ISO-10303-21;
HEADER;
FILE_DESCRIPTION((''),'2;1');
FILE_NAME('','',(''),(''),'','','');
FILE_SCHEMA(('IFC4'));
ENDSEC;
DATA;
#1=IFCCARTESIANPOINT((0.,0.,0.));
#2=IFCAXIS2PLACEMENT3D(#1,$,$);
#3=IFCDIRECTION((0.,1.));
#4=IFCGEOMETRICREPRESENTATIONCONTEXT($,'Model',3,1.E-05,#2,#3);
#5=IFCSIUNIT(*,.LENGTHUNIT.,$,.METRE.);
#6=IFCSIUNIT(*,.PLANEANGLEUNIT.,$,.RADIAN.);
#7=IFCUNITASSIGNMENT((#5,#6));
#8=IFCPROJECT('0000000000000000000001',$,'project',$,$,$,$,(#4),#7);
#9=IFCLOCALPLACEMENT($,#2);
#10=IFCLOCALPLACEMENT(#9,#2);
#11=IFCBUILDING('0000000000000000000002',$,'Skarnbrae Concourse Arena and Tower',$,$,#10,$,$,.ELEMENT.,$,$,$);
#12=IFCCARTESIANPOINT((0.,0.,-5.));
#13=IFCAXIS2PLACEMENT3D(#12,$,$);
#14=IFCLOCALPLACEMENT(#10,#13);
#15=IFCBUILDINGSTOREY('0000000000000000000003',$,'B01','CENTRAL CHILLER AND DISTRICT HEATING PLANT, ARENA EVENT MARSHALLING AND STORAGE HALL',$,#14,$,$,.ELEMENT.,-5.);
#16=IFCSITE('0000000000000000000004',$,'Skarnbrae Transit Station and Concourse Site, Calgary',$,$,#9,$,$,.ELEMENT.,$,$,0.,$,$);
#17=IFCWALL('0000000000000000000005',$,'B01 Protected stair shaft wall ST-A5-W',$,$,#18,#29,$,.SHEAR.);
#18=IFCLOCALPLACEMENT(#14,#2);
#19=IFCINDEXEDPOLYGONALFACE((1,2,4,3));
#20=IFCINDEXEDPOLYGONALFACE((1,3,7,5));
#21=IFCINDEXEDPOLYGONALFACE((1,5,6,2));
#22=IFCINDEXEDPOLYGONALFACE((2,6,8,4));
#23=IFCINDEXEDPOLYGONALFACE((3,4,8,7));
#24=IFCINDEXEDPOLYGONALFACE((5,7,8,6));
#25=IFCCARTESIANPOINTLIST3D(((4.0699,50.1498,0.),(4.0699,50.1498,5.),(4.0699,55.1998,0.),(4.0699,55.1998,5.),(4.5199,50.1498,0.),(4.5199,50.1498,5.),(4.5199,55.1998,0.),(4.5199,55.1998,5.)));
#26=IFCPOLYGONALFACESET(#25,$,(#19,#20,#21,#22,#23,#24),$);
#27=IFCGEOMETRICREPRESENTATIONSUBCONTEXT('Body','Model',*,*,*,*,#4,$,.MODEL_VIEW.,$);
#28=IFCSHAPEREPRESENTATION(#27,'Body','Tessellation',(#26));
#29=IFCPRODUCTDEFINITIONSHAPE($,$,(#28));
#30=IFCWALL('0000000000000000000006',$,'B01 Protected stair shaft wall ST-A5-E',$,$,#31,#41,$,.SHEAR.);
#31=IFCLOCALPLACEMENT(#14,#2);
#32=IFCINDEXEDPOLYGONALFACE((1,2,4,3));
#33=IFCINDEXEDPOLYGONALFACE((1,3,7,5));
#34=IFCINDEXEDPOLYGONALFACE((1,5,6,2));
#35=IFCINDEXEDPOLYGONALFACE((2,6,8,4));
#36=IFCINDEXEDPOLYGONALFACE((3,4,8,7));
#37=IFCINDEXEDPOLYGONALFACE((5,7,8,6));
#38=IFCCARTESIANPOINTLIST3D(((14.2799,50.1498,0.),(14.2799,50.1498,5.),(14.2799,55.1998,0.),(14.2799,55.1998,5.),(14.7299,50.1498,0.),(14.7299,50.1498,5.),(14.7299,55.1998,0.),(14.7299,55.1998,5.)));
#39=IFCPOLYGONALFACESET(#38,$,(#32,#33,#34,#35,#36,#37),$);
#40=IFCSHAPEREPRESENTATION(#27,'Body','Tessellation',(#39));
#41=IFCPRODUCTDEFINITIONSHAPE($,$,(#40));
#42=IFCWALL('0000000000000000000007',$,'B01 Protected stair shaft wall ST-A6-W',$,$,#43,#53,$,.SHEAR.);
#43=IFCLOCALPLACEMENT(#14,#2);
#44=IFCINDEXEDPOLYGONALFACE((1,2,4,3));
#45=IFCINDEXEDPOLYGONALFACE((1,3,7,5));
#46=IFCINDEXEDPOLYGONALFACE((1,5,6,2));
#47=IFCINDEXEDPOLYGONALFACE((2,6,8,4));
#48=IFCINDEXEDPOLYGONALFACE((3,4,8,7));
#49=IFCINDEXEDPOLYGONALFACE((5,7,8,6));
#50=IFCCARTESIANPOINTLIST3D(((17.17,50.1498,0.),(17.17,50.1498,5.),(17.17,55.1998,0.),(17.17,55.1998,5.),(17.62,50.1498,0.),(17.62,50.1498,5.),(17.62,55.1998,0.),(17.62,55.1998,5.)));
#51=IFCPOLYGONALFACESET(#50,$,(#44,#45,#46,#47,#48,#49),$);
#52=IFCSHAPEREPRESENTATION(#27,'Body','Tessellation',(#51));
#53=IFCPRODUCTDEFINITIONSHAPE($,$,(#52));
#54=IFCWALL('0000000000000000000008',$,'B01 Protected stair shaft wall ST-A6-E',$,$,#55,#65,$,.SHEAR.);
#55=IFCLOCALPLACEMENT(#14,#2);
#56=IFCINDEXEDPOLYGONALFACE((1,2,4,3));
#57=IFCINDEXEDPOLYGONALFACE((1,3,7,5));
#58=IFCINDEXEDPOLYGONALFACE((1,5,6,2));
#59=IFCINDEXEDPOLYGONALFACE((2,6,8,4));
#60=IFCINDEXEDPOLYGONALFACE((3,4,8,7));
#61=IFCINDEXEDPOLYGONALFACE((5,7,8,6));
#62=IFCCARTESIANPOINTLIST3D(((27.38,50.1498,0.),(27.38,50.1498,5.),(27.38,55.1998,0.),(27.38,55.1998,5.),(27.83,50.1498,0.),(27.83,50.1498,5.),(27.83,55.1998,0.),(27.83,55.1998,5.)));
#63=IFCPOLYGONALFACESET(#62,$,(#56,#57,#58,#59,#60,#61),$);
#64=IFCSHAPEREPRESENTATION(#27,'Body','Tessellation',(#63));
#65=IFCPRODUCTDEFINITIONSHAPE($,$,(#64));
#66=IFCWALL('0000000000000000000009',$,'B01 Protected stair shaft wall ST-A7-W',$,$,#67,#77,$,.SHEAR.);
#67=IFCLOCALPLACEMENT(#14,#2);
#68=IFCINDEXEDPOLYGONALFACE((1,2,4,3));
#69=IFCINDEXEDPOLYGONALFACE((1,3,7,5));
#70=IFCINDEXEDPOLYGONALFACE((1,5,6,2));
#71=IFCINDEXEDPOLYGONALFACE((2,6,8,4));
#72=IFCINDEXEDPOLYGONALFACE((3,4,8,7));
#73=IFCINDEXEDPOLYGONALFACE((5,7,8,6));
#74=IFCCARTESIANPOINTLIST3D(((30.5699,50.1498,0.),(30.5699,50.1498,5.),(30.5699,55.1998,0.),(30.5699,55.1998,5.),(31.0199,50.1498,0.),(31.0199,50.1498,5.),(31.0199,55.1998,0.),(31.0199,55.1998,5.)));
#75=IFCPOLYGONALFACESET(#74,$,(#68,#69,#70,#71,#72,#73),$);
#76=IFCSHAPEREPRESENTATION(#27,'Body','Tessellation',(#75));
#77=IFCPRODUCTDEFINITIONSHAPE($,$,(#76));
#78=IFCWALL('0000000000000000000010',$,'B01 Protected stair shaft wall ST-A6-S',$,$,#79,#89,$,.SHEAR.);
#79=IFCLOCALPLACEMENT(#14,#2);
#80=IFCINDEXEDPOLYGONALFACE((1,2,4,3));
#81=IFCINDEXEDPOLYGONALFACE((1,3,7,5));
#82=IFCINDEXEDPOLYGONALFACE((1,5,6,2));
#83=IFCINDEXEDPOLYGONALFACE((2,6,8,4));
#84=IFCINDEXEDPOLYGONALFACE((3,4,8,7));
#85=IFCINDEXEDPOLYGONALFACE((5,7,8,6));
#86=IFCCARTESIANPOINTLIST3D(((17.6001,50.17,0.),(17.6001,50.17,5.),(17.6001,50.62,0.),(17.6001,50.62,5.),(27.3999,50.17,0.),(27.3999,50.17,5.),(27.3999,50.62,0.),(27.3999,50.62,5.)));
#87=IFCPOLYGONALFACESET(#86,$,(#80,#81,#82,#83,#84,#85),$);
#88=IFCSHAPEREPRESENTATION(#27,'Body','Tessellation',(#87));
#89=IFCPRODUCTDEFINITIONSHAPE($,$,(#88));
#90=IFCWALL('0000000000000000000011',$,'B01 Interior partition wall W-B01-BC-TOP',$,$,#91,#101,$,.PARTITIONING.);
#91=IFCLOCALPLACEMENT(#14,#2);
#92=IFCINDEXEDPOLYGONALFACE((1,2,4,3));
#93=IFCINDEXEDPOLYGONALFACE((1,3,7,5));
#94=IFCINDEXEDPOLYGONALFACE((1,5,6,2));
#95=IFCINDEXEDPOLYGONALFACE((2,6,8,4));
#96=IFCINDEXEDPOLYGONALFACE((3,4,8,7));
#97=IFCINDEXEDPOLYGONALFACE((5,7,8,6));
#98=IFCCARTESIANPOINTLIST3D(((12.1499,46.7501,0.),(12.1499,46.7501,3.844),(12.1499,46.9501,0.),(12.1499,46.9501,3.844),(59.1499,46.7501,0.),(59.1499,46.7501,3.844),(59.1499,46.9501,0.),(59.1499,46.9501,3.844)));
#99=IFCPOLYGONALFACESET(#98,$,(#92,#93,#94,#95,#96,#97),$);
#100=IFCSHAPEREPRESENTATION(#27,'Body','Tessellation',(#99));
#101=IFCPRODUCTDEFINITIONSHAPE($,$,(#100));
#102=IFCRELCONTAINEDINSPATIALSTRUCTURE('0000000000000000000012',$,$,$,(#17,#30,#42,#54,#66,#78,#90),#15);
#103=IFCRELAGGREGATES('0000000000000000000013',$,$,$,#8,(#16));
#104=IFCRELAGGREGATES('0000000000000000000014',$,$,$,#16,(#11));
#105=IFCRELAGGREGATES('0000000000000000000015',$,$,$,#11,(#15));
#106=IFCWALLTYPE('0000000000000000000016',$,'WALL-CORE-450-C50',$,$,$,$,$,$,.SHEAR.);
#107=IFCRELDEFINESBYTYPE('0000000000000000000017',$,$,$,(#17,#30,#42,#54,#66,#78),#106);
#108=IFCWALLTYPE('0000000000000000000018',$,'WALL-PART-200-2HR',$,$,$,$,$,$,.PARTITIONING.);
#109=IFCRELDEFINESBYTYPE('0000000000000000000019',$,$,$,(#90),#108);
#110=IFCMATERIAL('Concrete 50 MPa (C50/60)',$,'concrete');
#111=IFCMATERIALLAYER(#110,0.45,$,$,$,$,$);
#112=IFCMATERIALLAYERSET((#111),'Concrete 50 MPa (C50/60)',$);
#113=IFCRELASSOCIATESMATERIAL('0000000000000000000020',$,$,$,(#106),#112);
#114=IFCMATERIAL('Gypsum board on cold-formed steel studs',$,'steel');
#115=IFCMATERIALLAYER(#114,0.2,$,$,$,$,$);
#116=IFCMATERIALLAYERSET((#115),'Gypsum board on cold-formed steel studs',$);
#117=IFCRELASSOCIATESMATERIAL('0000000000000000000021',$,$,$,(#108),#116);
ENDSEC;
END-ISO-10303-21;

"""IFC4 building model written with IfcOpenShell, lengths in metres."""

from ifc_helpers import new_model, si_unit, direction, frame, frame_2d, origin, place, context, subcontext, project, spatial, rectangle, extrude, source, transform, mapped, material, layer, layer_set, type_object, element, save


model = new_model("IFC4")

# Units and contexts
model_context = context("Model", 3, precision=1e-05, world=origin(), true_north=direction((0.0, 1.0)))
body_context = subcontext(model_context, "Body", "Model", "MODEL_VIEW")
ifc_project = project(units=[si_unit("LENGTHUNIT", "METRE"), si_unit("PLANEANGLEUNIT", "RADIAN")], contexts=[model_context])

# Site, building, storey
site_placement = place(None, origin())
site = spatial("IfcSite", under=ifc_project, at=site_placement, Name="Skarnbrae Transit Station and Concourse Site, Calgary", CompositionType="ELEMENT", RefElevation=0.0)
building_placement = place(site_placement, origin())
building = spatial("IfcBuilding", under=site, at=building_placement, Name="Skarnbrae Concourse Arena and Tower", CompositionType="ELEMENT")
storey_placement = place(building_placement, frame((0.0, 0.0, -5.0)))
storey = spatial("IfcBuildingStorey", under=building, at=storey_placement, Name="B01", Description="CENTRAL CHILLER AND DISTRICT HEATING PLANT, ARENA EVENT MARSHALLING AND STORAGE HALL", CompositionType="ELEMENT", Elevation=-5.0)

# Walls
ifc_material_1 = material(Name="Concrete 50 MPa (C50/60)", Category="concrete")
ifc_layer_1 = layer(ifc_material_1, 0.45)
ifc_layer_set_1 = layer_set([ifc_layer_1], Name="Concrete 50 MPa (C50/60)")
wall_type_1 = type_object("IfcWallType", Name="WALL-CORE-450-C50", PredefinedType="SHEAR", material=ifc_layer_set_1)
shared_shape_1 = source(origin(), body_context, "Body", "SweptSolid", [
    extrude(rectangle(XDim=5.05, YDim=0.45, at=frame_2d((2.5249, 0.0))), origin(), (0.0, 0.0, 1.0), 5.0),
])
for number, where, z_axis, x_axis, name in (
    (1, (4.2949, 50.1499, 0.0), (0.0, 0.0, 1.0), (0.0, 1.0, 0.0), "B01 Protected stair shaft wall ST-A5-W"),
    (2, (14.5049, 50.1499, 0.0), (0.0, 0.0, 1.0), (0.0, 1.0, 0.0), "B01 Protected stair shaft wall ST-A5-E"),
    (3, (17.395, 50.1499, 0.0), (0.0, 0.0, 1.0), (0.0, 1.0, 0.0), "B01 Protected stair shaft wall ST-A6-W"),
    (4, (27.605, 50.1499, 0.0), (0.0, 0.0, 1.0), (0.0, 1.0, 0.0), "B01 Protected stair shaft wall ST-A6-E"),
    (5, (30.7949, 50.1499, 0.0), (0.0, 0.0, 1.0), (0.0, 1.0, 0.0), "B01 Protected stair shaft wall ST-A7-W"),
):
    element("IfcWall", number, at=place(storey_placement, frame(where, z_axis=z_axis, x_axis=x_axis)), inside=storey, type_object=wall_type_1, Name=name, PredefinedType="SHEAR", context=body_context, shape_type="MappedRepresentation", body=[
        mapped(shared_shape_1, transform((0.0, 0.0, 0.0))),
    ])
shared_shape_2 = source(origin(), body_context, "Body", "SweptSolid", [
    extrude(rectangle(XDim=9.7998, YDim=0.45, at=frame_2d((4.8999, 0.0))), origin(), (0.0, 0.0, 1.0), 5.0),
])
wall_1_placement = place(storey_placement, frame((17.6001, 50.395, 0.0), z_axis=(0.0, 0.0, 1.0), x_axis=(1.0, 0.0, 0.0)))
element("IfcWall", 6, at=wall_1_placement, inside=storey, type_object=wall_type_1, Name="B01 Protected stair shaft wall ST-A6-S", PredefinedType="SHEAR", context=body_context, shape_type="MappedRepresentation", body=[
    mapped(shared_shape_2, transform((0.0, 0.0, 0.0))),
])
ifc_material_2 = material(Name="Gypsum board on cold-formed steel studs", Category="steel")
ifc_layer_2 = layer(ifc_material_2, 0.2)
ifc_layer_set_2 = layer_set([ifc_layer_2], Name="Gypsum board on cold-formed steel studs")
wall_type_2 = type_object("IfcWallType", Name="WALL-PART-200-2HR", PredefinedType="PARTITIONING", material=ifc_layer_set_2)
shared_shape_3 = source(origin(), body_context, "Body", "SweptSolid", [
    extrude(rectangle(XDim=47.0, YDim=0.2, at=frame_2d((23.5, 0.0))), origin(), (0.0, 0.0, 1.0), 3.844),
])
wall_2_placement = place(storey_placement, frame((12.1499, 46.8501, 0.0), z_axis=(0.0, 0.0, 1.0), x_axis=(1.0, 0.0, 0.0)))
element("IfcWall", 7, at=wall_2_placement, inside=storey, type_object=wall_type_2, Name="B01 Interior partition wall W-B01-BC-TOP", PredefinedType="PARTITIONING", context=body_context, shape_type="MappedRepresentation", body=[
    mapped(shared_shape_3, transform((0.0, 0.0, 0.0))),
])

save(model, "model.ifc")
